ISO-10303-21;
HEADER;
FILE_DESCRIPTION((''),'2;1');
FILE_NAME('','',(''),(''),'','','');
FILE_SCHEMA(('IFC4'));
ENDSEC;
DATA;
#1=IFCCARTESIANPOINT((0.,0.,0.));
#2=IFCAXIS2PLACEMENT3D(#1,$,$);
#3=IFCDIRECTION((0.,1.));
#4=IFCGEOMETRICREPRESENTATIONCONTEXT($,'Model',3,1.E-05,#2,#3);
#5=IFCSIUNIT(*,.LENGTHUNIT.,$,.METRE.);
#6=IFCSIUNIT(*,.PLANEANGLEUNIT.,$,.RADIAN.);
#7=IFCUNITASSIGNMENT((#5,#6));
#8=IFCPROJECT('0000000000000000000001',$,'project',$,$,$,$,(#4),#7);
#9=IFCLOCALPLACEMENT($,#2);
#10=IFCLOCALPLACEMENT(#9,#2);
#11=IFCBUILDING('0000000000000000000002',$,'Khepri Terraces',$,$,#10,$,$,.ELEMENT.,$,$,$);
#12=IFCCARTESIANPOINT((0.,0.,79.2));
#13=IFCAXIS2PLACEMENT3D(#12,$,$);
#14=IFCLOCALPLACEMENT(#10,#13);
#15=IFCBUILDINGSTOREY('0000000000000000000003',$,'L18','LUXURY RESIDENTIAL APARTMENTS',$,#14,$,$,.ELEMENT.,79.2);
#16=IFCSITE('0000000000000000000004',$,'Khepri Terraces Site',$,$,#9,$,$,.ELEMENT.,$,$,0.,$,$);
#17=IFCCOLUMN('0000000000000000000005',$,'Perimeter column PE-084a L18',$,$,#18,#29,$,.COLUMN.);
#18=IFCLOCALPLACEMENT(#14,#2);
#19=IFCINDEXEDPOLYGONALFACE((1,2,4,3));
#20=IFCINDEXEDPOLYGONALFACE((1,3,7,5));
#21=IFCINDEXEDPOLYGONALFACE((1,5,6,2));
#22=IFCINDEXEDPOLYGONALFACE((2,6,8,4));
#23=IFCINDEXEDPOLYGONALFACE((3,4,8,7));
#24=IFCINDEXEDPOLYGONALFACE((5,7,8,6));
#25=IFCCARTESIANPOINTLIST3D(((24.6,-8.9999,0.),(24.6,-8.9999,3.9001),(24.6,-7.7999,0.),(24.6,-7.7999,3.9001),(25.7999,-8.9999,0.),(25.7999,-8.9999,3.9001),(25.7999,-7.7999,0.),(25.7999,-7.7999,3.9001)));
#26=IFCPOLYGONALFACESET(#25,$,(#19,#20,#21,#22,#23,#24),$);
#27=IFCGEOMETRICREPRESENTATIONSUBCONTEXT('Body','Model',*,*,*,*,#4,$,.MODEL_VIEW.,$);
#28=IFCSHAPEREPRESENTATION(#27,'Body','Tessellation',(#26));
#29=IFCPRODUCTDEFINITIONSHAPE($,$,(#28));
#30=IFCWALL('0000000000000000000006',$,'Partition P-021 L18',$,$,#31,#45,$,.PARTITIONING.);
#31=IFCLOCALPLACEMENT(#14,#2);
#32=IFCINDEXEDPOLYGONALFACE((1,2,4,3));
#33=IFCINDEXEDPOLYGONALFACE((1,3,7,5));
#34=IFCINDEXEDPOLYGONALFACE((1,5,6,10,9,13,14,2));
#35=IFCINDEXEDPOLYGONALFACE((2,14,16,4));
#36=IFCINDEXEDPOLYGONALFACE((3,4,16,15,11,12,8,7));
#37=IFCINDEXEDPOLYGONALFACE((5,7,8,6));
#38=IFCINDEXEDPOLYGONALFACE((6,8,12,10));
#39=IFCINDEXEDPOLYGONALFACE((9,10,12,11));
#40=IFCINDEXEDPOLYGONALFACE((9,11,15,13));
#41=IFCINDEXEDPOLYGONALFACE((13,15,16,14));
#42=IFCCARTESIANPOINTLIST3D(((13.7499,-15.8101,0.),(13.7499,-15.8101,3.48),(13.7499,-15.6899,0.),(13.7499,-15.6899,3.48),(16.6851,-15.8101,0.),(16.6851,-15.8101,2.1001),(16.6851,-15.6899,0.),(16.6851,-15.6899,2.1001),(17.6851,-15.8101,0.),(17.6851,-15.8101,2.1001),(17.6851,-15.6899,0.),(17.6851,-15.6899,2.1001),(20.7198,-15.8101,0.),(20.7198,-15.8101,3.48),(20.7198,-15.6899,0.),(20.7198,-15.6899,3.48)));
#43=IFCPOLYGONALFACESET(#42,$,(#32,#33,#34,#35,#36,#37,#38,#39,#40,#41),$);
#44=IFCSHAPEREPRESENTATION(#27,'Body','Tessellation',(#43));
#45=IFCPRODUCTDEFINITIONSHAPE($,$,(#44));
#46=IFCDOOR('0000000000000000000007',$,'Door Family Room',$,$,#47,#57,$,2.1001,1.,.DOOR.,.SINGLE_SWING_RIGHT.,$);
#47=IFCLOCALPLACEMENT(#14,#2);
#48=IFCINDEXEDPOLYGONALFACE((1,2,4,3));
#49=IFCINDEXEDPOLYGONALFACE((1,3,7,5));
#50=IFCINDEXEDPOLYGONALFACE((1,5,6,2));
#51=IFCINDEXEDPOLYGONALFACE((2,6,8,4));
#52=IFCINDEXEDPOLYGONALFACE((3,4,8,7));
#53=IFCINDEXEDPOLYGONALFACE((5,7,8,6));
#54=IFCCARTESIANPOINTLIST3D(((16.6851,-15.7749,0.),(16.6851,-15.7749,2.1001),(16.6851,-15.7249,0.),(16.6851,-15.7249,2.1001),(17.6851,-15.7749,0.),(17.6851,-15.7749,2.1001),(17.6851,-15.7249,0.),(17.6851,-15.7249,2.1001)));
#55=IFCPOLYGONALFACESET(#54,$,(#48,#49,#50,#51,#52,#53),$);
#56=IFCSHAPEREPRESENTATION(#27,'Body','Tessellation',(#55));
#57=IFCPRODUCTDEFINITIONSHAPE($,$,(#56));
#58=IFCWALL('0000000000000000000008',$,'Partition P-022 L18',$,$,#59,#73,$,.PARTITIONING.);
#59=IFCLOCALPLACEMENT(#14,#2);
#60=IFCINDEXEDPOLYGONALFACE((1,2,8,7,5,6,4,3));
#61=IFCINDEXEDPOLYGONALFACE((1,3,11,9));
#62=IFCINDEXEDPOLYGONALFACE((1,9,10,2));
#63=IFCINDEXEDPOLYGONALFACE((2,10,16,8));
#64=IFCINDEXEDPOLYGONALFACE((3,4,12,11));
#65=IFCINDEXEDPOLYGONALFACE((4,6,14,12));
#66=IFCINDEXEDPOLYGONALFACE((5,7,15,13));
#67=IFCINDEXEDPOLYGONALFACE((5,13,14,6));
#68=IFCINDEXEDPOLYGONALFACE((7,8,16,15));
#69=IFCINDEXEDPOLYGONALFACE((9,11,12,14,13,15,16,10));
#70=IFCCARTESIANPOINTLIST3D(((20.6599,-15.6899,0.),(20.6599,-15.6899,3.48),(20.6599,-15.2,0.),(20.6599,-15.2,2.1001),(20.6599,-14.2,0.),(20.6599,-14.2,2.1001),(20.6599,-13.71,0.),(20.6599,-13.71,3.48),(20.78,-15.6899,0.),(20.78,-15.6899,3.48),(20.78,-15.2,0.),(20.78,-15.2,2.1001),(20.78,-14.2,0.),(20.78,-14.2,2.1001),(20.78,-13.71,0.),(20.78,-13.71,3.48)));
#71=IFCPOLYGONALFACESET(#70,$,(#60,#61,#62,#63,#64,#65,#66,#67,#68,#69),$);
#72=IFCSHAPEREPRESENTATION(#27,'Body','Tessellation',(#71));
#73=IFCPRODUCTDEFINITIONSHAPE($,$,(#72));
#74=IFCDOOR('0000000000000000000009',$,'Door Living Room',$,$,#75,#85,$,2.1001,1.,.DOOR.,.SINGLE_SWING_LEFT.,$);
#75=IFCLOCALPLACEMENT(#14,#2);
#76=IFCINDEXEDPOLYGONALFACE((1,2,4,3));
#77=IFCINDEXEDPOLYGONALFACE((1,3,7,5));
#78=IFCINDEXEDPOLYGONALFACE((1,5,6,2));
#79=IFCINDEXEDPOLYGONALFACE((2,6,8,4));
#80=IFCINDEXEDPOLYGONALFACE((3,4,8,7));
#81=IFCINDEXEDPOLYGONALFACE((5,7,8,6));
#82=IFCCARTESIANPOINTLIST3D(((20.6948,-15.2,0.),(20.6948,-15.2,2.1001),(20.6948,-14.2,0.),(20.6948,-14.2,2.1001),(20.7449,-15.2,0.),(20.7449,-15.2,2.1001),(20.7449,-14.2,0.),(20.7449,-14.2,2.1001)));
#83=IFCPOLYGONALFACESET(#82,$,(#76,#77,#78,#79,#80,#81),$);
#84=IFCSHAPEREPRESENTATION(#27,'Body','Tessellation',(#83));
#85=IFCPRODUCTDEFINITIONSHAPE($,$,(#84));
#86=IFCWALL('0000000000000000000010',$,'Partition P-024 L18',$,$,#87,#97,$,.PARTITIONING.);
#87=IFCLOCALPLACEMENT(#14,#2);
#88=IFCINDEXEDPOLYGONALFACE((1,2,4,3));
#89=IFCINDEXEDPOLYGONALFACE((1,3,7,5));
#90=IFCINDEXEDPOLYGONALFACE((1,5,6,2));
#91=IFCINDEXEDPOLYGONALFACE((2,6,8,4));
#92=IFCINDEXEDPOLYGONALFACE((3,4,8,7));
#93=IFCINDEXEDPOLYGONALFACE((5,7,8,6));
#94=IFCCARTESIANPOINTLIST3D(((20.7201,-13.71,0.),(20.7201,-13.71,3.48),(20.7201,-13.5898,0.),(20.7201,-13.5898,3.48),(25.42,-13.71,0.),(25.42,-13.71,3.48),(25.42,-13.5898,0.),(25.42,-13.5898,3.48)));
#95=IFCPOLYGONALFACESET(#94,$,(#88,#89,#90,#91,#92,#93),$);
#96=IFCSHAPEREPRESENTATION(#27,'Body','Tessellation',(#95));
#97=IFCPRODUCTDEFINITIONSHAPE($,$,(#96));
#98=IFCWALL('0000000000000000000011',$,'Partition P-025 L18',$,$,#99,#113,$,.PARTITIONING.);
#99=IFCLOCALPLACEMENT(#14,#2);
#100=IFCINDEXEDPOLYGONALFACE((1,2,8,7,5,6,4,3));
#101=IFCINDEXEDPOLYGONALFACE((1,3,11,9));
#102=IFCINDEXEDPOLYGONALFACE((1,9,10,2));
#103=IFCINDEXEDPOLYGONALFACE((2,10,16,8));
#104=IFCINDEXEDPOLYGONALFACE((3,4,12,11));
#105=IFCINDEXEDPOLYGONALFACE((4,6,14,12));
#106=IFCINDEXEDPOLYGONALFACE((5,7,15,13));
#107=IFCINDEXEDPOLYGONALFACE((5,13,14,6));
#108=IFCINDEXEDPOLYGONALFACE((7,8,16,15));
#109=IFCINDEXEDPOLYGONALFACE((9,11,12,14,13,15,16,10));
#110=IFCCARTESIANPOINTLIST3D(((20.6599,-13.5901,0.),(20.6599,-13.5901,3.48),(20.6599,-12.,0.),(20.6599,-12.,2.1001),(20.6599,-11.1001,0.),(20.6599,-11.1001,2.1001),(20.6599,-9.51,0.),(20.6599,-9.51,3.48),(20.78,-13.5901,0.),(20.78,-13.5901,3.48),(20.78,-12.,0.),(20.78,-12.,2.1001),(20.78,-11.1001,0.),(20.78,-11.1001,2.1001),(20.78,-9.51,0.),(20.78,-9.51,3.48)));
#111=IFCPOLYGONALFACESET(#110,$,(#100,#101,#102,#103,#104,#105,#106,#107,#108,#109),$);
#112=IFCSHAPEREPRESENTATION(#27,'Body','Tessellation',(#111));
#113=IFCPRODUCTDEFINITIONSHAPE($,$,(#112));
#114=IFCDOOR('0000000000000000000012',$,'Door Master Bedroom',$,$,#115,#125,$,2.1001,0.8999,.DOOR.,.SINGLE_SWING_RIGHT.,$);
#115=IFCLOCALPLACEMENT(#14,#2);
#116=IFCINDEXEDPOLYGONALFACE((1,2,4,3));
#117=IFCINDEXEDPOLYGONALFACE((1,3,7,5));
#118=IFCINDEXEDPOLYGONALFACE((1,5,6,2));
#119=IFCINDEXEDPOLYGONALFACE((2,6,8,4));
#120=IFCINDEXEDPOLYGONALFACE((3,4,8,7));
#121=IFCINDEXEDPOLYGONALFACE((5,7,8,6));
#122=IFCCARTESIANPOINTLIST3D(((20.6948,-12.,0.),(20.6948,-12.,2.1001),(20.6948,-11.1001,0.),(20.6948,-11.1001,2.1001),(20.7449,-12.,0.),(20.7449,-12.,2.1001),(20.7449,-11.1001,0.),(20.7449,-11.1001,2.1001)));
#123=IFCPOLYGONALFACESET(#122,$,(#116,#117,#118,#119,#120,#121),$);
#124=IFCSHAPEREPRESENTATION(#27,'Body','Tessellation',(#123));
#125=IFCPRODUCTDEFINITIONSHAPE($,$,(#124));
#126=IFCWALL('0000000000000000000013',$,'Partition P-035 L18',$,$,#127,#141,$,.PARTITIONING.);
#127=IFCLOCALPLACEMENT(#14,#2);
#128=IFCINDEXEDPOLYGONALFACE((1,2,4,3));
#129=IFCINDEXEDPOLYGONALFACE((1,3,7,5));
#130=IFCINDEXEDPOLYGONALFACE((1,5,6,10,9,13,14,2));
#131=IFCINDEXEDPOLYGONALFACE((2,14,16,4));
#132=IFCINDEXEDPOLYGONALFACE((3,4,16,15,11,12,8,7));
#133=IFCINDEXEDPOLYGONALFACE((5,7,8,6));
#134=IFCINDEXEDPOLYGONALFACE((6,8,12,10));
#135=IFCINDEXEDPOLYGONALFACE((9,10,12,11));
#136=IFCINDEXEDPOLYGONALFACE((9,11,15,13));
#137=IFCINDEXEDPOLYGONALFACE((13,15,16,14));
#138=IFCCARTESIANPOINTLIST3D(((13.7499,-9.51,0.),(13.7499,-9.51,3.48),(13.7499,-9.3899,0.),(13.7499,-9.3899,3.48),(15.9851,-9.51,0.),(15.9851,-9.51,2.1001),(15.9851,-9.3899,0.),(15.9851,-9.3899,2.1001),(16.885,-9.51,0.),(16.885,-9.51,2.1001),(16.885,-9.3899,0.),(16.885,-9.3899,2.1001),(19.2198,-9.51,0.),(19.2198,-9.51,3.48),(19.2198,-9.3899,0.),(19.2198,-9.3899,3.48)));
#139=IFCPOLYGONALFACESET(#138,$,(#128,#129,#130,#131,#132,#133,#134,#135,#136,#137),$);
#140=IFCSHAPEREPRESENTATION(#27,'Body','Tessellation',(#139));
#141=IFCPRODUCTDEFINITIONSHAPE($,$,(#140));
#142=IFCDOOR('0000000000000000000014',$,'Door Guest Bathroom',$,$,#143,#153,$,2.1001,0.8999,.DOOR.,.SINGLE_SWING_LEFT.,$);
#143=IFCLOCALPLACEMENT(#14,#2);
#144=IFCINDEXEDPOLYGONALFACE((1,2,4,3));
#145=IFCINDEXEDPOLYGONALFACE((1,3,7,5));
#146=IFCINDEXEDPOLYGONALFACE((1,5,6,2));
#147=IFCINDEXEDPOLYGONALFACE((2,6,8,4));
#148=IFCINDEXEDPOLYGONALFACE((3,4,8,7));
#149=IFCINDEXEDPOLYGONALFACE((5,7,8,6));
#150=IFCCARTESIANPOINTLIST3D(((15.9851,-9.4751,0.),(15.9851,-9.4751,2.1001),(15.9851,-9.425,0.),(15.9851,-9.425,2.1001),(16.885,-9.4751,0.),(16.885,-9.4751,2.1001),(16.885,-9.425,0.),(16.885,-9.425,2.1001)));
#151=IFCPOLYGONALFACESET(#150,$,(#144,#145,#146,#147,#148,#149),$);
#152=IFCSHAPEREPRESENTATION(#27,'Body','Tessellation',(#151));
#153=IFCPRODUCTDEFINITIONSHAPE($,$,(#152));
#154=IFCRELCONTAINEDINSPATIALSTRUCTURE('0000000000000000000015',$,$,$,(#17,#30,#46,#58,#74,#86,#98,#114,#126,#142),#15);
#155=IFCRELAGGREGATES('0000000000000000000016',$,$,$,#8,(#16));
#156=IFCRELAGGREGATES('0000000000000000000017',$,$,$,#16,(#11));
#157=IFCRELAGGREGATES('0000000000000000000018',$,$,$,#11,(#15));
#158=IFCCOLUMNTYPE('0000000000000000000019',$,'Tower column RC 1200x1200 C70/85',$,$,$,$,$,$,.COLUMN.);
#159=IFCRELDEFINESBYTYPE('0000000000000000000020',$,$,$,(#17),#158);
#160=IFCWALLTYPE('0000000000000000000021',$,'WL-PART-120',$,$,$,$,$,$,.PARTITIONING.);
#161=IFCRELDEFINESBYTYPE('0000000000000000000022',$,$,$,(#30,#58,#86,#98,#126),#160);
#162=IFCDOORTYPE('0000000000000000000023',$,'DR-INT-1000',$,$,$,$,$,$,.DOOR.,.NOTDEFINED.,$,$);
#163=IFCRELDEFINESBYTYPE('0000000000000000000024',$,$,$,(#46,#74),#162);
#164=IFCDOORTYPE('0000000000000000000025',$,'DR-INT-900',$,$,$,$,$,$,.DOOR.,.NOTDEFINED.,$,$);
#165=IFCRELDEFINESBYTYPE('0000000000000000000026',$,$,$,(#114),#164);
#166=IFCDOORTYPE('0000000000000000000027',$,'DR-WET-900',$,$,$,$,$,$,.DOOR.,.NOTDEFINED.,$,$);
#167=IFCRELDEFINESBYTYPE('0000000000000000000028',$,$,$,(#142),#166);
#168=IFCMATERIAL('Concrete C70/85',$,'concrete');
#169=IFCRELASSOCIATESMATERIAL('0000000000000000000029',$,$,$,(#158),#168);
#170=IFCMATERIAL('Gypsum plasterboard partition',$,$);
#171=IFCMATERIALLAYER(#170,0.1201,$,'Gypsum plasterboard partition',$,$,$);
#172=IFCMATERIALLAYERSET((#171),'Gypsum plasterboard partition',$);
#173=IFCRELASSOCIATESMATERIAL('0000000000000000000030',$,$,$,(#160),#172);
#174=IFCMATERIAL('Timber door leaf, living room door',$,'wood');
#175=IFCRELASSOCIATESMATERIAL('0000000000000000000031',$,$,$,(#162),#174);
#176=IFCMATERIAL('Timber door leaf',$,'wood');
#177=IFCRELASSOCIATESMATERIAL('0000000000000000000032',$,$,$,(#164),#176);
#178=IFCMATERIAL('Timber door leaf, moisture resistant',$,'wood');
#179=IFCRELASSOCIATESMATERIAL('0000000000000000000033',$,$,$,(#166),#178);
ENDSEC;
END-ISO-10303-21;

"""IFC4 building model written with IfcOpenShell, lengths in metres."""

from ifc_helpers import new_model, si_unit, direction, frame, frame_2d, origin, origin_2d, place, context, subcontext, project, spatial, rectangle, extrude, material, layer, layer_set, material_profile, profile_set, type_object, element, fill, save


model = new_model("IFC4")

# Units and contexts
model_context = context("Model", 3, precision=1e-05, world=origin(), true_north=direction((0.0, 1.0)))
body_context = subcontext(model_context, "Body", "Model", "MODEL_VIEW")
ifc_project = project(units=[si_unit("LENGTHUNIT", "METRE"), si_unit("PLANEANGLEUNIT", "RADIAN")], contexts=[model_context])

# Site, building, storey
site_placement = place(None, origin())
site = spatial("IfcSite", under=ifc_project, at=site_placement, Name="Khepri Terraces Site", CompositionType="ELEMENT", RefElevation=0.0)
building_placement = place(site_placement, origin())
building = spatial("IfcBuilding", under=site, at=building_placement, Name="Khepri Terraces", CompositionType="ELEMENT")
storey_placement = place(building_placement, frame((0.0, 0.0, 79.2)))
storey = spatial("IfcBuildingStorey", under=building, at=storey_placement, Name="L18", Description="LUXURY RESIDENTIAL APARTMENTS", CompositionType="ELEMENT", Elevation=79.2)

# Column
ifc_material_1 = material(Name="Concrete C70/85", Category="concrete")
ifc_material_profile = material_profile(ifc_material_1, rectangle(XDim=1.2, YDim=1.2, at=origin_2d()), Name="Concrete C70/85", Category="concrete")
ifc_profile_set = profile_set([ifc_material_profile], Name="Concrete C70/85")
column_type = type_object("IfcColumnType", Name="Tower column RC 1200x1200 C70/85", PredefinedType="COLUMN", material=ifc_profile_set)
column_placement = place(storey_placement, frame((25.2, -8.3999, 0.0), z_axis=(0.0, 0.0, 1.0), x_axis=(1.0, 0.0, 0.0)))
element("IfcColumn", 1, at=column_placement, inside=storey, type_object=column_type, Name="Perimeter column PE-084a L18", PredefinedType="COLUMN", context=body_context, shape_type="SweptSolid", body=[
    extrude(rectangle(XDim=1.2, YDim=1.2, at=origin_2d()), origin(), (0.0, 0.0, 1.0), 3.9001),
])

# Walls, openings, doors
ifc_material_2 = material(Name="Gypsum plasterboard partition")
ifc_layer = layer(ifc_material_2, 0.1201, Name="Gypsum plasterboard partition")
ifc_layer_set = layer_set([ifc_layer], Name="Gypsum plasterboard partition")
wall_type = type_object("IfcWallType", Name="WL-PART-120", PredefinedType="PARTITIONING", material=ifc_layer_set)
wall_1_placement = place(storey_placement, frame((13.75, -15.75, 0.0), z_axis=(0.0, 0.0, 1.0), x_axis=(1.0, 0.0, 0.0)))
wall_1 = element("IfcWall", 2, at=wall_1_placement, inside=storey, type_object=wall_type, Name="Partition P-021 L18", PredefinedType="PARTITIONING", context=body_context, shape_type="SweptSolid", body=[
    extrude(rectangle(XDim=6.97, YDim=0.1201, at=frame_2d((3.4849, 0.0))), origin(), (0.0, 0.0, 1.0), 3.48),
])
opening_1_placement = place(wall_1_placement, frame((2.9351, 0.0, 0.0)))
opening_1 = element("IfcOpeningElement", 3, at=opening_1_placement, cuts=wall_1, PredefinedType="OPENING", context=body_context, shape_type="SweptSolid", body=[
    extrude(rectangle(XDim=1.0, YDim=2.1001, at=frame_2d((0.5, 1.05))), frame((0.0, 0.0701, 0.0), z_axis=(0.0, -1.0, 0.0), x_axis=(1.0, 0.0, 0.0)), (0.0, 0.0, 1.0), 0.1401),
])
ifc_material_3 = material(Name="Timber door leaf, living room door", Category="wood")
door_type_1 = type_object("IfcDoorType", Name="DR-INT-1000", OperationType="NOTDEFINED", PredefinedType="DOOR", material=ifc_material_3)
door_1_placement = place(opening_1_placement, frame((1.0, 0.0, 0.0), z_axis=(0.0, 0.0, 1.0), x_axis=(-1.0, 0.0, 0.0)))
door_1 = element("IfcDoor", 4, at=door_1_placement, inside=storey, type_object=door_type_1, Name="Door Family Room", OperationType="SINGLE_SWING_RIGHT", OverallHeight=2.1001, OverallWidth=1.0, PredefinedType="DOOR", context=body_context, shape_type="SweptSolid", body=[
    extrude(rectangle(XDim=1.0, YDim=2.1001, at=frame_2d((0.5, 1.05))), frame((0.0, 0.0249, 0.0), z_axis=(0.0, -1.0, 0.0), x_axis=(1.0, 0.0, 0.0)), (0.0, 0.0, 1.0), 0.05),
])
fill(opening_1, door_1)
wall_2_placement = place(storey_placement, frame((20.72, -15.6899, 0.0), z_axis=(0.0, 0.0, 1.0), x_axis=(0.0, 1.0, 0.0)))
wall_2 = element("IfcWall", 5, at=wall_2_placement, inside=storey, type_object=wall_type, Name="Partition P-022 L18", PredefinedType="PARTITIONING", context=body_context, shape_type="SweptSolid", body=[
    extrude(rectangle(XDim=1.98, YDim=0.1201, at=frame_2d((0.99, 0.0))), origin(), (0.0, 0.0, 1.0), 3.48),
])
opening_2_placement = place(wall_2_placement, frame((0.49, 0.0, 0.0)))
opening_2 = element("IfcOpeningElement", 6, at=opening_2_placement, cuts=wall_2, PredefinedType="OPENING", context=body_context, shape_type="SweptSolid", body=[
    extrude(rectangle(XDim=1.0, YDim=2.1001, at=frame_2d((0.5, 1.05))), frame((0.0, 0.0701, 0.0), z_axis=(0.0, -1.0, 0.0), x_axis=(1.0, 0.0, 0.0)), (0.0, 0.0, 1.0), 0.1401),
])
door_2_placement = place(opening_2_placement, frame((1.0, 0.0, 0.0), z_axis=(0.0, 0.0, 1.0), x_axis=(-1.0, 0.0, 0.0)))
door_2 = element("IfcDoor", 7, at=door_2_placement, inside=storey, type_object=door_type_1, Name="Door Living Room", OperationType="SINGLE_SWING_LEFT", OverallHeight=2.1001, OverallWidth=1.0, PredefinedType="DOOR", context=body_context, shape_type="SweptSolid", body=[
    extrude(rectangle(XDim=1.0, YDim=2.1001, at=frame_2d((0.5, 1.05))), frame((0.0, 0.0249, 0.0), z_axis=(0.0, -1.0, 0.0), x_axis=(1.0, 0.0, 0.0)), (0.0, 0.0, 1.0), 0.05),
])
fill(opening_2, door_2)

# Wall
wall_3_placement = place(storey_placement, frame((20.72, -13.6499, 0.0), z_axis=(0.0, 0.0, 1.0), x_axis=(1.0, 0.0, 0.0)))
element("IfcWall", 8, at=wall_3_placement, inside=storey, type_object=wall_type, Name="Partition P-024 L18", PredefinedType="PARTITIONING", context=body_context, shape_type="SweptSolid", body=[
    extrude(rectangle(XDim=4.7, YDim=0.1201, at=frame_2d((2.3501, 0.0))), origin(), (0.0, 0.0, 1.0), 3.48),
])

# Walls, openings, doors
wall_4_placement = place(storey_placement, frame((20.72, -13.5901, 0.0), z_axis=(0.0, 0.0, 1.0), x_axis=(0.0, 1.0, 0.0)))
wall_4 = element("IfcWall", 9, at=wall_4_placement, inside=storey, type_object=wall_type, Name="Partition P-025 L18", PredefinedType="PARTITIONING", context=body_context, shape_type="SweptSolid", body=[
    extrude(rectangle(XDim=4.0801, YDim=0.1201, at=frame_2d((2.04, 0.0))), origin(), (0.0, 0.0, 1.0), 3.48),
])
opening_3_placement = place(wall_4_placement, frame((1.5901, 0.0, 0.0)))
opening_3 = element("IfcOpeningElement", 10, at=opening_3_placement, cuts=wall_4, PredefinedType="OPENING", context=body_context, shape_type="SweptSolid", body=[
    extrude(rectangle(XDim=0.8999, YDim=2.1001, at=frame_2d((0.45, 1.05))), frame((0.0, 0.0701, 0.0), z_axis=(0.0, -1.0, 0.0), x_axis=(1.0, 0.0, 0.0)), (0.0, 0.0, 1.0), 0.1401),
])
ifc_material_4 = material(Name="Timber door leaf", Category="wood")
door_type_2 = type_object("IfcDoorType", Name="DR-INT-900", OperationType="NOTDEFINED", PredefinedType="DOOR", material=ifc_material_4)
door_3_placement = place(opening_3_placement, frame((0.8999, 0.0, 0.0), z_axis=(0.0, 0.0, 1.0), x_axis=(-1.0, 0.0, 0.0)))
door_3 = element("IfcDoor", 11, at=door_3_placement, inside=storey, type_object=door_type_2, Name="Door Master Bedroom", OperationType="SINGLE_SWING_RIGHT", OverallHeight=2.1001, OverallWidth=0.8999, PredefinedType="DOOR", context=body_context, shape_type="SweptSolid", body=[
    extrude(rectangle(XDim=0.8999, YDim=2.1001, at=frame_2d((0.45, 1.05))), frame((0.0, 0.0249, 0.0), z_axis=(0.0, -1.0, 0.0), x_axis=(1.0, 0.0, 0.0)), (0.0, 0.0, 1.0), 0.05),
])
fill(opening_3, door_3)
wall_5_placement = place(storey_placement, frame((13.75, -9.45, 0.0), z_axis=(0.0, 0.0, 1.0), x_axis=(1.0, 0.0, 0.0)))
wall_5 = element("IfcWall", 12, at=wall_5_placement, inside=storey, type_object=wall_type, Name="Partition P-035 L18", PredefinedType="PARTITIONING", context=body_context, shape_type="SweptSolid", body=[
    extrude(rectangle(XDim=5.47, YDim=0.1201, at=frame_2d((2.7349, 0.0))), origin(), (0.0, 0.0, 1.0), 3.48),
])
opening_4_placement = place(wall_5_placement, frame((2.2351, 0.0, 0.0)))
opening_4 = element("IfcOpeningElement", 13, at=opening_4_placement, cuts=wall_5, PredefinedType="OPENING", context=body_context, shape_type="SweptSolid", body=[
    extrude(rectangle(XDim=0.8999, YDim=2.1001, at=frame_2d((0.45, 1.05))), frame((0.0, 0.0701, 0.0), z_axis=(0.0, -1.0, 0.0), x_axis=(1.0, 0.0, 0.0)), (0.0, 0.0, 1.0), 0.1401),
])
ifc_material_5 = material(Name="Timber door leaf, moisture resistant", Category="wood")
door_type_3 = type_object("IfcDoorType", Name="DR-WET-900", OperationType="NOTDEFINED", PredefinedType="DOOR", material=ifc_material_5)
door_4_placement = place(opening_4_placement, origin())
door_4 = element("IfcDoor", 14, at=door_4_placement, inside=storey, type_object=door_type_3, Name="Door Guest Bathroom", OperationType="SINGLE_SWING_LEFT", OverallHeight=2.1001, OverallWidth=0.8999, PredefinedType="DOOR", context=body_context, shape_type="SweptSolid", body=[
    extrude(rectangle(XDim=0.8999, YDim=2.1001, at=frame_2d((0.45, 1.05))), frame((0.0, 0.0249, 0.0), z_axis=(0.0, -1.0, 0.0), x_axis=(1.0, 0.0, 0.0)), (0.0, 0.0, 1.0), 0.05),
])
fill(opening_4, door_4)

save(model, "model.ifc")
